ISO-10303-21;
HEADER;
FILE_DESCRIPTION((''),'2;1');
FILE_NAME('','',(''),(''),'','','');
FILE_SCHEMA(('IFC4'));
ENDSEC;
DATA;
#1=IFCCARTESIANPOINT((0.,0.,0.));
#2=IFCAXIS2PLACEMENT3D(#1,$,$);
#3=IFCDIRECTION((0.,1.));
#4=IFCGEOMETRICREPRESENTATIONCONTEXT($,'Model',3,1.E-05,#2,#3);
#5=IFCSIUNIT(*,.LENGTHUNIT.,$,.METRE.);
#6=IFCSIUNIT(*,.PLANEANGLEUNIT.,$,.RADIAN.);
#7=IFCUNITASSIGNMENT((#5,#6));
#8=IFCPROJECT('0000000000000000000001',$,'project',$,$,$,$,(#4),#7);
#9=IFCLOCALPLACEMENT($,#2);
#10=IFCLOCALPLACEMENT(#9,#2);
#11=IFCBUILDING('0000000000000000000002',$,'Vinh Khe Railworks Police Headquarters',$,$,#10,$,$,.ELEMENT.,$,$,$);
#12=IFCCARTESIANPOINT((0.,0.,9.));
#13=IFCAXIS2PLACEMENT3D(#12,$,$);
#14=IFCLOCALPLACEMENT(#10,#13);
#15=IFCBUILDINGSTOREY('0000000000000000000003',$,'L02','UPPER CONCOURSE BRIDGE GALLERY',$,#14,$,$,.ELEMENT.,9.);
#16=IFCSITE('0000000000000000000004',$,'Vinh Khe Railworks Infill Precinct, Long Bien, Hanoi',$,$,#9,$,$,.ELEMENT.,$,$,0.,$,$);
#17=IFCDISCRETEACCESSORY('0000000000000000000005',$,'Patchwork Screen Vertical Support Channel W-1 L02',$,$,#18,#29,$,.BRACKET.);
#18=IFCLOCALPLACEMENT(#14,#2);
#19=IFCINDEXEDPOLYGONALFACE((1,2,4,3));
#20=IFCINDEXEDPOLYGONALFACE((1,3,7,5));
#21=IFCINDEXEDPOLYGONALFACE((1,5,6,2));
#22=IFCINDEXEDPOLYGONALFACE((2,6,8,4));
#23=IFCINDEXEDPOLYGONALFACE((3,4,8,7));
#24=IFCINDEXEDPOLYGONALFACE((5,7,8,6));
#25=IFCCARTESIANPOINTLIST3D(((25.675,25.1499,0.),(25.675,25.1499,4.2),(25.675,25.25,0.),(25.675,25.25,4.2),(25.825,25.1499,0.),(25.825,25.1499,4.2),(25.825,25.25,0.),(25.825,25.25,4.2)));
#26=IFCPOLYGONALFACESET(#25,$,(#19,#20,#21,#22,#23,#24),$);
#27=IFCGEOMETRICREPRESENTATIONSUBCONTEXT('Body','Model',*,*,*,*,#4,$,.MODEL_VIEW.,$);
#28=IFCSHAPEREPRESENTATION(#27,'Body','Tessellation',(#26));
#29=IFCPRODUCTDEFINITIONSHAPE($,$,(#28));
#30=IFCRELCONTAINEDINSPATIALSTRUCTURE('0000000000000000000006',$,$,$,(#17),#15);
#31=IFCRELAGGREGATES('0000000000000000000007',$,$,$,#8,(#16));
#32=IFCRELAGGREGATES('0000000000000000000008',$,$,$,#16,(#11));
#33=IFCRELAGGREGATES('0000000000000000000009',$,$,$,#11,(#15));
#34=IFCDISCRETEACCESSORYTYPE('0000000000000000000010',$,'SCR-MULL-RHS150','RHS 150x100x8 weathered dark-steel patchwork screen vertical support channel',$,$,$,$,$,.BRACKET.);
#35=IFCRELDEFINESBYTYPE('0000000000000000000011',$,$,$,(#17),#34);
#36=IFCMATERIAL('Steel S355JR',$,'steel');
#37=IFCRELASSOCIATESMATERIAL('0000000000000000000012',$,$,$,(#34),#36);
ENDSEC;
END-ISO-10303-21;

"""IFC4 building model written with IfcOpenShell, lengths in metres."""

from ifc_helpers import new_model, si_unit, direction, frame, origin, origin_2d, place, context, subcontext, project, spatial, rectangle, extrude, material, type_object, element, save


model = new_model("IFC4")

# Units and contexts
model_context = context("Model", 3, precision=1e-05, world=origin(), true_north=direction((0.0, 1.0)))
body_context = subcontext(model_context, "Body", "Model", "MODEL_VIEW")
ifc_project = project(units=[si_unit("LENGTHUNIT", "METRE"), si_unit("PLANEANGLEUNIT", "RADIAN")], contexts=[model_context])

# Site, building, storey
site_placement = place(None, origin())
site = spatial("IfcSite", under=ifc_project, at=site_placement, Name="Vinh Khe Railworks Infill Precinct, Long Bien, Hanoi", CompositionType="ELEMENT", RefElevation=0.0)
building_placement = place(site_placement, origin())
building = spatial("IfcBuilding", under=site, at=building_placement, Name="Vinh Khe Railworks Police Headquarters", CompositionType="ELEMENT")
storey_placement = place(building_placement, frame((0.0, 0.0, 9.0)))
storey = spatial("IfcBuildingStorey", under=building, at=storey_placement, Name="L02", Description="UPPER CONCOURSE BRIDGE GALLERY", CompositionType="ELEMENT", Elevation=9.0)

# Shared definitions
ifc_material_1 = material(Name="Steel S355JR", Category="steel")

# Discrete accessory
discrete_accessory_type_1 = type_object("IfcDiscreteAccessoryType", Name="SCR-MULL-RHS150", Description="RHS 150x100x8 weathered dark-steel patchwork screen vertical support channel", PredefinedType="BRACKET", material=ifc_material_1)
discrete_accessory_1_placement = place(storey_placement, frame((25.75, 25.2, 0.0), z_axis=(0.0, 0.0, 1.0), x_axis=(1.0, 0.0, 0.0)))
element("IfcDiscreteAccessory", 1, at=discrete_accessory_1_placement, inside=storey, type_object=discrete_accessory_type_1, Name="Patchwork Screen Vertical Support Channel W-1 L02", PredefinedType="BRACKET", context=body_context, shape_type="SweptSolid", body=[
    extrude(rectangle(XDim=0.1499, YDim=0.1001, at=origin_2d()), origin(), (0.0, 0.0, 1.0), 4.2),
])

save(model, "model.ifc")
